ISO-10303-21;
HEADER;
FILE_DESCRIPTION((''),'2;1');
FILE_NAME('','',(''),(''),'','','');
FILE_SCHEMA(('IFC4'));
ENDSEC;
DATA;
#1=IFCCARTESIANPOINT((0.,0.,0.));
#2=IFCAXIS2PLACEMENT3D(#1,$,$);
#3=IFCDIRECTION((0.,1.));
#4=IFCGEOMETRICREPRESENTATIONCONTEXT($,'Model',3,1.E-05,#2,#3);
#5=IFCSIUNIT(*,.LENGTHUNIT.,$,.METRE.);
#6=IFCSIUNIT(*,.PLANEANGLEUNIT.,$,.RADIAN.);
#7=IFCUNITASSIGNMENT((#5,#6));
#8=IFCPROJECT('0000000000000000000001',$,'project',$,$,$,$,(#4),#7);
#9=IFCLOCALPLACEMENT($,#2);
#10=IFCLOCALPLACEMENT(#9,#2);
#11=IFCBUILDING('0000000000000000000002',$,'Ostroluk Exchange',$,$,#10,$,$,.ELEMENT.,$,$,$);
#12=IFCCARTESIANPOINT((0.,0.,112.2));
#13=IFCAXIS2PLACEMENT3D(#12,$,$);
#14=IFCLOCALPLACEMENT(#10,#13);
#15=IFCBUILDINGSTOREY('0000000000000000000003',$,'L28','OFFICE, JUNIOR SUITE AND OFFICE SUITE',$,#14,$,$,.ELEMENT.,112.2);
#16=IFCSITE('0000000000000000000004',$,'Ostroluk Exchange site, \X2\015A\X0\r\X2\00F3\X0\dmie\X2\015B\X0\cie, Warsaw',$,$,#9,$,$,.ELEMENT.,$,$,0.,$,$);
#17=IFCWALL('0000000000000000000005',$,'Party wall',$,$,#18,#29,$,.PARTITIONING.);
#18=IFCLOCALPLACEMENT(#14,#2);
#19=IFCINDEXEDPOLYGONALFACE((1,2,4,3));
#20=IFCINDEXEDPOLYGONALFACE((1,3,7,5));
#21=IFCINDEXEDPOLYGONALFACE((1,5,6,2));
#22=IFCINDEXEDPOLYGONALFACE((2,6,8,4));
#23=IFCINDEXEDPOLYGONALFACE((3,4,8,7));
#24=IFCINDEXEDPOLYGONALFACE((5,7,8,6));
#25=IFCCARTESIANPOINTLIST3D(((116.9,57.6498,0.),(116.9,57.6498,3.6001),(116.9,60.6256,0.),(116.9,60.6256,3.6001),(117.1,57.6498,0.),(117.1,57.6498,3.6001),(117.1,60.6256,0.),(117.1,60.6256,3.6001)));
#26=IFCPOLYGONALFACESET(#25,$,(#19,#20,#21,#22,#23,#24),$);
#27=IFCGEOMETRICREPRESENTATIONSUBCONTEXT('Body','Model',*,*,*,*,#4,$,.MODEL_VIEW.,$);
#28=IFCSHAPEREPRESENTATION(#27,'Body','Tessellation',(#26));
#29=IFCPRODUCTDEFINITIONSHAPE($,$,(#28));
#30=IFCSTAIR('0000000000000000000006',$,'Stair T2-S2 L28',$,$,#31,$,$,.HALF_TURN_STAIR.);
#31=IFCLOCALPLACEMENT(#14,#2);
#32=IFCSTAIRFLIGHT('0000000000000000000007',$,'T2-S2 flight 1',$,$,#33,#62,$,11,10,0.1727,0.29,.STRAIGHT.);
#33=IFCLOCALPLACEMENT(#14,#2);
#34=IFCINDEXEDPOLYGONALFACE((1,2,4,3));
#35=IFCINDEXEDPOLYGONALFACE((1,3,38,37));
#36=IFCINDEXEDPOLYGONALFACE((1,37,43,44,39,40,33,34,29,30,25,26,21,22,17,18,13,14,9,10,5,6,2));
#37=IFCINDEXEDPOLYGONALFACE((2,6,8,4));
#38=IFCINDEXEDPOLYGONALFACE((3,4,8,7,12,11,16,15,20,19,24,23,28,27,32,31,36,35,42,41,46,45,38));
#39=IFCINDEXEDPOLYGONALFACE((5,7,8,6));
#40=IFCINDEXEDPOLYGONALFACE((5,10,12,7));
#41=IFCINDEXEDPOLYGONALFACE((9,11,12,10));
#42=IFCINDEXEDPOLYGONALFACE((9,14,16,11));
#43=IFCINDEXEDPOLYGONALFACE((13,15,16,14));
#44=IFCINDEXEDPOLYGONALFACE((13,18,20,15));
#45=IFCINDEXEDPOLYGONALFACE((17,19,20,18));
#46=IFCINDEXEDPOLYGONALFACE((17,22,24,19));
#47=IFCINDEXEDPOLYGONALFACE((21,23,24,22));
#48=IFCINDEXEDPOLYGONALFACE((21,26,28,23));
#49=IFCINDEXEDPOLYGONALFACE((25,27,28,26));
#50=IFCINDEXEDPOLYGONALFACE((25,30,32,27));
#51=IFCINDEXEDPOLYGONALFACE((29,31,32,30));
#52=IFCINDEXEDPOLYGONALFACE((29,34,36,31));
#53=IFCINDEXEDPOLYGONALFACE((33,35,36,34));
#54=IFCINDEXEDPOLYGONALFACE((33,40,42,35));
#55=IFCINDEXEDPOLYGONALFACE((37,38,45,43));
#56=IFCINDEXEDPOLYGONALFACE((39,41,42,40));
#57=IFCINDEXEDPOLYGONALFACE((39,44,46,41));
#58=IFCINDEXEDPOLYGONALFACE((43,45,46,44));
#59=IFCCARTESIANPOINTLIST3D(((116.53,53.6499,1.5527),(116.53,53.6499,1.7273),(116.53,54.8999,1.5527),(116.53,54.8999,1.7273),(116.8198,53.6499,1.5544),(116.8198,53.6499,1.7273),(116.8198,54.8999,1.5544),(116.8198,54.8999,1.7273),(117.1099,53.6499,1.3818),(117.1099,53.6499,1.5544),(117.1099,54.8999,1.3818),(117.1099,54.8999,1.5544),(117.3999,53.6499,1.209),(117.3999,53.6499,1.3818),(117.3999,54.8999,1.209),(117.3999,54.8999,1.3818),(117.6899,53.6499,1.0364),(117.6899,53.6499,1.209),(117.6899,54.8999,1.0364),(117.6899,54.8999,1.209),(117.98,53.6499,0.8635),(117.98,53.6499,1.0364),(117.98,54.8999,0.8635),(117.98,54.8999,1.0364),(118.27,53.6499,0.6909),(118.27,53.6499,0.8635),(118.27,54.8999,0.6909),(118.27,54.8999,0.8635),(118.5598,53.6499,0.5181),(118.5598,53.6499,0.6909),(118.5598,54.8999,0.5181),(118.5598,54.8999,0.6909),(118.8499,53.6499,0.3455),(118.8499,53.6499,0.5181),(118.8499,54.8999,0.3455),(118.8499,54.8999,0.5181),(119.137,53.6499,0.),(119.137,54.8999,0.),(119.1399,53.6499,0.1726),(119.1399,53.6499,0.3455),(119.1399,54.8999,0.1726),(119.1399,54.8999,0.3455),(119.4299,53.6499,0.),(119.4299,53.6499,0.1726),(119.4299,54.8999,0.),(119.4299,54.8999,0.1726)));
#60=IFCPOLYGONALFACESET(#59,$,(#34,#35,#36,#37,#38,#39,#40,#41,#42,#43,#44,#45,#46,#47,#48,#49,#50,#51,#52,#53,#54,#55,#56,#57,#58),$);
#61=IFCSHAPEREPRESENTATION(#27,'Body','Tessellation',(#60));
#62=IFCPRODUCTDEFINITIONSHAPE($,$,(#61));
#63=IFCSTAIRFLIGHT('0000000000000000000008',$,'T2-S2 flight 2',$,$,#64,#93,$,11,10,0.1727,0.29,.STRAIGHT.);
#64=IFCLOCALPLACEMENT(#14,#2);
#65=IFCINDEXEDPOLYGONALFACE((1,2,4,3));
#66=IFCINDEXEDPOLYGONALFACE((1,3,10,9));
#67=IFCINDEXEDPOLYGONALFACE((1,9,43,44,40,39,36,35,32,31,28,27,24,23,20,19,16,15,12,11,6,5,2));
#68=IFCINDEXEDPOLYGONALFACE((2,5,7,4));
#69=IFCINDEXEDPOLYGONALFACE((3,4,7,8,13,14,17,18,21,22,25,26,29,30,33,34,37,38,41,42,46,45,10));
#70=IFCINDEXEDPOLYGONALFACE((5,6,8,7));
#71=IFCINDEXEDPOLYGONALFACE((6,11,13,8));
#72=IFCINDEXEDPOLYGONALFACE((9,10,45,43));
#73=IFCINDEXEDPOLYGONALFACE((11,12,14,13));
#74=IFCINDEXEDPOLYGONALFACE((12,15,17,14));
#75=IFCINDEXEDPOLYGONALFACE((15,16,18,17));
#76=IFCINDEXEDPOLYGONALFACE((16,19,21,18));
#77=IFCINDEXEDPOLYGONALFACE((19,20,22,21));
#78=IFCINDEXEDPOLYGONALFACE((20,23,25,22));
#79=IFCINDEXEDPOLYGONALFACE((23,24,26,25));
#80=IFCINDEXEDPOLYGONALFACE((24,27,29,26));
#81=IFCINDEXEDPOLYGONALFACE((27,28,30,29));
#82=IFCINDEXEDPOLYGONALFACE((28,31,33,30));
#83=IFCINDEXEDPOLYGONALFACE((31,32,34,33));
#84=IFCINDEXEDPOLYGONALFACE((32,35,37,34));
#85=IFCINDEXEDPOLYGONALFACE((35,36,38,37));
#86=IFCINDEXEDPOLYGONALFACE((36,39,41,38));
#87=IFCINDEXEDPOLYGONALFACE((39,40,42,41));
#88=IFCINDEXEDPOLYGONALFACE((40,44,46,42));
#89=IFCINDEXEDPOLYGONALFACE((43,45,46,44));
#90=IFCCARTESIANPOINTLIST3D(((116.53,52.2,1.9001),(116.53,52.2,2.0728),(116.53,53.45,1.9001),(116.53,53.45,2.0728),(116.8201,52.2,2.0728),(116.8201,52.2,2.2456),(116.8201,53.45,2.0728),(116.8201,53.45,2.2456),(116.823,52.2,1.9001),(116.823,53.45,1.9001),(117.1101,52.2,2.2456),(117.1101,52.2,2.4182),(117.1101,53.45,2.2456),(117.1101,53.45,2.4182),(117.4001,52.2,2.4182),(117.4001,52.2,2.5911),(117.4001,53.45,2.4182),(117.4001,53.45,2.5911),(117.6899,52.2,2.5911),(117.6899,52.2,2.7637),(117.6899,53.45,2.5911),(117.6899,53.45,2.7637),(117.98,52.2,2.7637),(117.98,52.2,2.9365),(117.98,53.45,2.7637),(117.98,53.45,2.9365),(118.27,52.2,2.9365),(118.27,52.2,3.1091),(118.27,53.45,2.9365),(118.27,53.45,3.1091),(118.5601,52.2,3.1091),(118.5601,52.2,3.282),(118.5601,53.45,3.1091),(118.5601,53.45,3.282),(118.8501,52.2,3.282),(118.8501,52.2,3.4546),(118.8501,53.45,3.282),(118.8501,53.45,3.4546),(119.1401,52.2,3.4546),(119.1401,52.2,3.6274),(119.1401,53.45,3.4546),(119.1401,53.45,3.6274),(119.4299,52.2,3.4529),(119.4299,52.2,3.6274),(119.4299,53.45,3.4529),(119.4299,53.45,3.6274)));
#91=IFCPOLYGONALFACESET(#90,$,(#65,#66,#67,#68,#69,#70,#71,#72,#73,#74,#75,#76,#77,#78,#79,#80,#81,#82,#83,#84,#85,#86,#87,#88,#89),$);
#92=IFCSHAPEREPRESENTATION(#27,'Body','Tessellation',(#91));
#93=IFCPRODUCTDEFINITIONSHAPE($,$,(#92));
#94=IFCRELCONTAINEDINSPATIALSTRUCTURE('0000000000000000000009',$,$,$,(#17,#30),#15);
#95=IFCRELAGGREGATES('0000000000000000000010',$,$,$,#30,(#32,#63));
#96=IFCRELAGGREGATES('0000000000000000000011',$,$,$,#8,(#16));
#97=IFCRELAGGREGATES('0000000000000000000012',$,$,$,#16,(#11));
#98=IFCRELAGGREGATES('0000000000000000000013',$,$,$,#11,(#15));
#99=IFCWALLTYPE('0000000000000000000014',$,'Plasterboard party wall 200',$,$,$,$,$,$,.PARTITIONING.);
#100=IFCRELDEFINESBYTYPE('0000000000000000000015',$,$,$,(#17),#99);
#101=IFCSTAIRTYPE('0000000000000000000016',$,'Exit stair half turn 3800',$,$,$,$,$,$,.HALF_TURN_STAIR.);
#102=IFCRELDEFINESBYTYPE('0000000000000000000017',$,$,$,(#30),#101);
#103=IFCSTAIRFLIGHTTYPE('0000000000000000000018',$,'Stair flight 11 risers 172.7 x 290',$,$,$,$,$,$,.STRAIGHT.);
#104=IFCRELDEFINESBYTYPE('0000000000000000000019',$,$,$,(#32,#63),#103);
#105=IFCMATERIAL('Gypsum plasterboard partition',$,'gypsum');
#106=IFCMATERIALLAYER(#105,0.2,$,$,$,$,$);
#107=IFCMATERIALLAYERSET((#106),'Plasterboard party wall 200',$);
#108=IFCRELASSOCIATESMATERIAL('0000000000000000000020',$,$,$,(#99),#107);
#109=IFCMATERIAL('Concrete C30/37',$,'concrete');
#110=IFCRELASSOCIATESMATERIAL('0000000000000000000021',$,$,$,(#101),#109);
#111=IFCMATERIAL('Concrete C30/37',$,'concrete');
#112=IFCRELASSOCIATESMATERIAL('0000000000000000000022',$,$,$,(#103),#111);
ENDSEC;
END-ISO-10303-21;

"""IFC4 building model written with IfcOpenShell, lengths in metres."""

from ifc_helpers import new_model, si_unit, direction, frame, frame_2d, origin, place, context, subcontext, project, spatial, polyline, rectangle, outline, extrude, material, layer, layer_set, type_object, element, aggregate, save


model = new_model("IFC4")

# Units and contexts
model_context = context("Model", 3, precision=1e-05, world=origin(), true_north=direction((0.0, 1.0)))
body_context = subcontext(model_context, "Body", "Model", "MODEL_VIEW")
ifc_project = project(units=[si_unit("LENGTHUNIT", "METRE"), si_unit("PLANEANGLEUNIT", "RADIAN")], contexts=[model_context])

# Site, building, storey
site_placement = place(None, origin())
site = spatial("IfcSite", under=ifc_project, at=site_placement, Name="Ostroluk Exchange site, Śródmieście, Warsaw", CompositionType="ELEMENT", RefElevation=0.0)
building_placement = place(site_placement, origin())
building = spatial("IfcBuilding", under=site, at=building_placement, Name="Ostroluk Exchange", CompositionType="ELEMENT")
storey_placement = place(building_placement, frame((0.0, 0.0, 112.2)))
storey = spatial("IfcBuildingStorey", under=building, at=storey_placement, Name="L28", Description="OFFICE, JUNIOR SUITE AND OFFICE SUITE", CompositionType="ELEMENT", Elevation=112.2)

# Wall
ifc_material_1 = material(Name="Gypsum plasterboard partition", Category="gypsum")
ifc_layer_1 = layer(ifc_material_1, 0.2)
ifc_layer_set_1 = layer_set([ifc_layer_1], Name="Plasterboard party wall 200")
wall_type_1 = type_object("IfcWallType", Name="Plasterboard party wall 200", PredefinedType="PARTITIONING", material=ifc_layer_set_1)
wall_1_placement = place(storey_placement, frame((117.0, 57.6499, 0.0), z_axis=(0.0, 0.0, 1.0), x_axis=(0.0, 1.0, 0.0)))
element("IfcWall", 1, at=wall_1_placement, inside=storey, type_object=wall_type_1, Name="Party wall", PredefinedType="PARTITIONING", context=body_context, shape_type="SweptSolid", body=[
    extrude(rectangle(XDim=2.9758, YDim=0.2, at=frame_2d((1.4878, 0.0))), origin(), (0.0, 0.0, 1.0), 3.6001),
])

# Stair, stair flights
ifc_material_2 = material(Name="Concrete C30/37", Category="concrete")
stair_type = type_object("IfcStairType", Name="Exit stair half turn 3800", PredefinedType="HALF_TURN_STAIR", material=ifc_material_2)
stair_placement = place(storey_placement, origin())
stair = element("IfcStair", 2, at=stair_placement, inside=storey, type_object=stair_type, Name="Stair T2-S2 L28", PredefinedType="HALF_TURN_STAIR")
ifc_material_3 = material(Name="Concrete C30/37", Category="concrete")
stair_flight_type = type_object("IfcStairFlightType", Name="Stair flight 11 risers 172.7 x 290", PredefinedType="STRAIGHT", material=ifc_material_3)
stair_flight_1_placement = place(storey_placement, frame((119.4299, 54.2749, 0.0), z_axis=(0.0, 0.0, 1.0), x_axis=(-1.0, 0.0, 0.0)))
stair_flight_1 = element("IfcStairFlight", 3, at=stair_flight_1_placement, type_object=stair_flight_type, Name="T2-S2 flight 1", NumberOfRisers=11, NumberOfTreads=10, PredefinedType="STRAIGHT", RiserHeight=0.1727, TreadLength=0.29, context=body_context, shape_type="SweptSolid", body=[
    extrude(outline(polyline([(0.0, 0.0), (0.0, 0.1726), (0.29, 0.1726), (0.29, 0.3455), (0.5801, 0.3455), (0.5801, 0.5181), (0.8701, 0.5181), (0.8701, 0.6909), (1.1599, 0.6909), (1.1599, 0.8635), (1.45, 0.8635), (1.45, 1.0364), (1.74, 1.0364), (1.74, 1.209), (2.03, 1.209), (2.03, 1.3818), (2.3201, 1.3818), (2.3201, 1.5544), (2.6101, 1.5544), (2.6101, 1.7273), (2.8999, 1.7273), (2.8999, 1.8999), (2.8999, 1.5527), (0.293, 0.0), (0.0, 0.0)])), frame((0.0, 0.625, 0.0), z_axis=(0.0, -1.0, 0.0), x_axis=(1.0, 0.0, 0.0)), (0.0, 0.0, 1.0), 1.25),
])
stair_flight_2_placement = place(storey_placement, frame((116.53, 52.825, 1.9001), z_axis=(0.0, 0.0, 1.0), x_axis=(1.0, 0.0, 0.0)))
stair_flight_2 = element("IfcStairFlight", 4, at=stair_flight_2_placement, type_object=stair_flight_type, Name="T2-S2 flight 2", NumberOfRisers=11, NumberOfTreads=10, PredefinedType="STRAIGHT", RiserHeight=0.1727, TreadLength=0.29, context=body_context, shape_type="SweptSolid", body=[
    extrude(outline(polyline([(0.0, 0.0), (0.0, 0.1726), (0.29, 0.1726), (0.29, 0.3455), (0.5801, 0.3455), (0.5801, 0.5181), (0.8701, 0.5181), (0.8701, 0.6909), (1.1599, 0.6909), (1.1599, 0.8635), (1.45, 0.8635), (1.45, 1.0364), (1.74, 1.0364), (1.74, 1.209), (2.03, 1.209), (2.03, 1.3818), (2.3201, 1.3818), (2.3201, 1.5544), (2.6101, 1.5544), (2.6101, 1.7273), (2.8999, 1.7273), (2.8999, 1.8999), (2.8999, 1.5527), (0.293, 0.0), (0.0, 0.0)])), frame((0.0, 0.625, 0.0), z_axis=(0.0, -1.0, 0.0), x_axis=(1.0, 0.0, 0.0)), (0.0, 0.0, 1.0), 1.25),
])
aggregate(stair, [stair_flight_1, stair_flight_2])

save(model, "model.ifc")
